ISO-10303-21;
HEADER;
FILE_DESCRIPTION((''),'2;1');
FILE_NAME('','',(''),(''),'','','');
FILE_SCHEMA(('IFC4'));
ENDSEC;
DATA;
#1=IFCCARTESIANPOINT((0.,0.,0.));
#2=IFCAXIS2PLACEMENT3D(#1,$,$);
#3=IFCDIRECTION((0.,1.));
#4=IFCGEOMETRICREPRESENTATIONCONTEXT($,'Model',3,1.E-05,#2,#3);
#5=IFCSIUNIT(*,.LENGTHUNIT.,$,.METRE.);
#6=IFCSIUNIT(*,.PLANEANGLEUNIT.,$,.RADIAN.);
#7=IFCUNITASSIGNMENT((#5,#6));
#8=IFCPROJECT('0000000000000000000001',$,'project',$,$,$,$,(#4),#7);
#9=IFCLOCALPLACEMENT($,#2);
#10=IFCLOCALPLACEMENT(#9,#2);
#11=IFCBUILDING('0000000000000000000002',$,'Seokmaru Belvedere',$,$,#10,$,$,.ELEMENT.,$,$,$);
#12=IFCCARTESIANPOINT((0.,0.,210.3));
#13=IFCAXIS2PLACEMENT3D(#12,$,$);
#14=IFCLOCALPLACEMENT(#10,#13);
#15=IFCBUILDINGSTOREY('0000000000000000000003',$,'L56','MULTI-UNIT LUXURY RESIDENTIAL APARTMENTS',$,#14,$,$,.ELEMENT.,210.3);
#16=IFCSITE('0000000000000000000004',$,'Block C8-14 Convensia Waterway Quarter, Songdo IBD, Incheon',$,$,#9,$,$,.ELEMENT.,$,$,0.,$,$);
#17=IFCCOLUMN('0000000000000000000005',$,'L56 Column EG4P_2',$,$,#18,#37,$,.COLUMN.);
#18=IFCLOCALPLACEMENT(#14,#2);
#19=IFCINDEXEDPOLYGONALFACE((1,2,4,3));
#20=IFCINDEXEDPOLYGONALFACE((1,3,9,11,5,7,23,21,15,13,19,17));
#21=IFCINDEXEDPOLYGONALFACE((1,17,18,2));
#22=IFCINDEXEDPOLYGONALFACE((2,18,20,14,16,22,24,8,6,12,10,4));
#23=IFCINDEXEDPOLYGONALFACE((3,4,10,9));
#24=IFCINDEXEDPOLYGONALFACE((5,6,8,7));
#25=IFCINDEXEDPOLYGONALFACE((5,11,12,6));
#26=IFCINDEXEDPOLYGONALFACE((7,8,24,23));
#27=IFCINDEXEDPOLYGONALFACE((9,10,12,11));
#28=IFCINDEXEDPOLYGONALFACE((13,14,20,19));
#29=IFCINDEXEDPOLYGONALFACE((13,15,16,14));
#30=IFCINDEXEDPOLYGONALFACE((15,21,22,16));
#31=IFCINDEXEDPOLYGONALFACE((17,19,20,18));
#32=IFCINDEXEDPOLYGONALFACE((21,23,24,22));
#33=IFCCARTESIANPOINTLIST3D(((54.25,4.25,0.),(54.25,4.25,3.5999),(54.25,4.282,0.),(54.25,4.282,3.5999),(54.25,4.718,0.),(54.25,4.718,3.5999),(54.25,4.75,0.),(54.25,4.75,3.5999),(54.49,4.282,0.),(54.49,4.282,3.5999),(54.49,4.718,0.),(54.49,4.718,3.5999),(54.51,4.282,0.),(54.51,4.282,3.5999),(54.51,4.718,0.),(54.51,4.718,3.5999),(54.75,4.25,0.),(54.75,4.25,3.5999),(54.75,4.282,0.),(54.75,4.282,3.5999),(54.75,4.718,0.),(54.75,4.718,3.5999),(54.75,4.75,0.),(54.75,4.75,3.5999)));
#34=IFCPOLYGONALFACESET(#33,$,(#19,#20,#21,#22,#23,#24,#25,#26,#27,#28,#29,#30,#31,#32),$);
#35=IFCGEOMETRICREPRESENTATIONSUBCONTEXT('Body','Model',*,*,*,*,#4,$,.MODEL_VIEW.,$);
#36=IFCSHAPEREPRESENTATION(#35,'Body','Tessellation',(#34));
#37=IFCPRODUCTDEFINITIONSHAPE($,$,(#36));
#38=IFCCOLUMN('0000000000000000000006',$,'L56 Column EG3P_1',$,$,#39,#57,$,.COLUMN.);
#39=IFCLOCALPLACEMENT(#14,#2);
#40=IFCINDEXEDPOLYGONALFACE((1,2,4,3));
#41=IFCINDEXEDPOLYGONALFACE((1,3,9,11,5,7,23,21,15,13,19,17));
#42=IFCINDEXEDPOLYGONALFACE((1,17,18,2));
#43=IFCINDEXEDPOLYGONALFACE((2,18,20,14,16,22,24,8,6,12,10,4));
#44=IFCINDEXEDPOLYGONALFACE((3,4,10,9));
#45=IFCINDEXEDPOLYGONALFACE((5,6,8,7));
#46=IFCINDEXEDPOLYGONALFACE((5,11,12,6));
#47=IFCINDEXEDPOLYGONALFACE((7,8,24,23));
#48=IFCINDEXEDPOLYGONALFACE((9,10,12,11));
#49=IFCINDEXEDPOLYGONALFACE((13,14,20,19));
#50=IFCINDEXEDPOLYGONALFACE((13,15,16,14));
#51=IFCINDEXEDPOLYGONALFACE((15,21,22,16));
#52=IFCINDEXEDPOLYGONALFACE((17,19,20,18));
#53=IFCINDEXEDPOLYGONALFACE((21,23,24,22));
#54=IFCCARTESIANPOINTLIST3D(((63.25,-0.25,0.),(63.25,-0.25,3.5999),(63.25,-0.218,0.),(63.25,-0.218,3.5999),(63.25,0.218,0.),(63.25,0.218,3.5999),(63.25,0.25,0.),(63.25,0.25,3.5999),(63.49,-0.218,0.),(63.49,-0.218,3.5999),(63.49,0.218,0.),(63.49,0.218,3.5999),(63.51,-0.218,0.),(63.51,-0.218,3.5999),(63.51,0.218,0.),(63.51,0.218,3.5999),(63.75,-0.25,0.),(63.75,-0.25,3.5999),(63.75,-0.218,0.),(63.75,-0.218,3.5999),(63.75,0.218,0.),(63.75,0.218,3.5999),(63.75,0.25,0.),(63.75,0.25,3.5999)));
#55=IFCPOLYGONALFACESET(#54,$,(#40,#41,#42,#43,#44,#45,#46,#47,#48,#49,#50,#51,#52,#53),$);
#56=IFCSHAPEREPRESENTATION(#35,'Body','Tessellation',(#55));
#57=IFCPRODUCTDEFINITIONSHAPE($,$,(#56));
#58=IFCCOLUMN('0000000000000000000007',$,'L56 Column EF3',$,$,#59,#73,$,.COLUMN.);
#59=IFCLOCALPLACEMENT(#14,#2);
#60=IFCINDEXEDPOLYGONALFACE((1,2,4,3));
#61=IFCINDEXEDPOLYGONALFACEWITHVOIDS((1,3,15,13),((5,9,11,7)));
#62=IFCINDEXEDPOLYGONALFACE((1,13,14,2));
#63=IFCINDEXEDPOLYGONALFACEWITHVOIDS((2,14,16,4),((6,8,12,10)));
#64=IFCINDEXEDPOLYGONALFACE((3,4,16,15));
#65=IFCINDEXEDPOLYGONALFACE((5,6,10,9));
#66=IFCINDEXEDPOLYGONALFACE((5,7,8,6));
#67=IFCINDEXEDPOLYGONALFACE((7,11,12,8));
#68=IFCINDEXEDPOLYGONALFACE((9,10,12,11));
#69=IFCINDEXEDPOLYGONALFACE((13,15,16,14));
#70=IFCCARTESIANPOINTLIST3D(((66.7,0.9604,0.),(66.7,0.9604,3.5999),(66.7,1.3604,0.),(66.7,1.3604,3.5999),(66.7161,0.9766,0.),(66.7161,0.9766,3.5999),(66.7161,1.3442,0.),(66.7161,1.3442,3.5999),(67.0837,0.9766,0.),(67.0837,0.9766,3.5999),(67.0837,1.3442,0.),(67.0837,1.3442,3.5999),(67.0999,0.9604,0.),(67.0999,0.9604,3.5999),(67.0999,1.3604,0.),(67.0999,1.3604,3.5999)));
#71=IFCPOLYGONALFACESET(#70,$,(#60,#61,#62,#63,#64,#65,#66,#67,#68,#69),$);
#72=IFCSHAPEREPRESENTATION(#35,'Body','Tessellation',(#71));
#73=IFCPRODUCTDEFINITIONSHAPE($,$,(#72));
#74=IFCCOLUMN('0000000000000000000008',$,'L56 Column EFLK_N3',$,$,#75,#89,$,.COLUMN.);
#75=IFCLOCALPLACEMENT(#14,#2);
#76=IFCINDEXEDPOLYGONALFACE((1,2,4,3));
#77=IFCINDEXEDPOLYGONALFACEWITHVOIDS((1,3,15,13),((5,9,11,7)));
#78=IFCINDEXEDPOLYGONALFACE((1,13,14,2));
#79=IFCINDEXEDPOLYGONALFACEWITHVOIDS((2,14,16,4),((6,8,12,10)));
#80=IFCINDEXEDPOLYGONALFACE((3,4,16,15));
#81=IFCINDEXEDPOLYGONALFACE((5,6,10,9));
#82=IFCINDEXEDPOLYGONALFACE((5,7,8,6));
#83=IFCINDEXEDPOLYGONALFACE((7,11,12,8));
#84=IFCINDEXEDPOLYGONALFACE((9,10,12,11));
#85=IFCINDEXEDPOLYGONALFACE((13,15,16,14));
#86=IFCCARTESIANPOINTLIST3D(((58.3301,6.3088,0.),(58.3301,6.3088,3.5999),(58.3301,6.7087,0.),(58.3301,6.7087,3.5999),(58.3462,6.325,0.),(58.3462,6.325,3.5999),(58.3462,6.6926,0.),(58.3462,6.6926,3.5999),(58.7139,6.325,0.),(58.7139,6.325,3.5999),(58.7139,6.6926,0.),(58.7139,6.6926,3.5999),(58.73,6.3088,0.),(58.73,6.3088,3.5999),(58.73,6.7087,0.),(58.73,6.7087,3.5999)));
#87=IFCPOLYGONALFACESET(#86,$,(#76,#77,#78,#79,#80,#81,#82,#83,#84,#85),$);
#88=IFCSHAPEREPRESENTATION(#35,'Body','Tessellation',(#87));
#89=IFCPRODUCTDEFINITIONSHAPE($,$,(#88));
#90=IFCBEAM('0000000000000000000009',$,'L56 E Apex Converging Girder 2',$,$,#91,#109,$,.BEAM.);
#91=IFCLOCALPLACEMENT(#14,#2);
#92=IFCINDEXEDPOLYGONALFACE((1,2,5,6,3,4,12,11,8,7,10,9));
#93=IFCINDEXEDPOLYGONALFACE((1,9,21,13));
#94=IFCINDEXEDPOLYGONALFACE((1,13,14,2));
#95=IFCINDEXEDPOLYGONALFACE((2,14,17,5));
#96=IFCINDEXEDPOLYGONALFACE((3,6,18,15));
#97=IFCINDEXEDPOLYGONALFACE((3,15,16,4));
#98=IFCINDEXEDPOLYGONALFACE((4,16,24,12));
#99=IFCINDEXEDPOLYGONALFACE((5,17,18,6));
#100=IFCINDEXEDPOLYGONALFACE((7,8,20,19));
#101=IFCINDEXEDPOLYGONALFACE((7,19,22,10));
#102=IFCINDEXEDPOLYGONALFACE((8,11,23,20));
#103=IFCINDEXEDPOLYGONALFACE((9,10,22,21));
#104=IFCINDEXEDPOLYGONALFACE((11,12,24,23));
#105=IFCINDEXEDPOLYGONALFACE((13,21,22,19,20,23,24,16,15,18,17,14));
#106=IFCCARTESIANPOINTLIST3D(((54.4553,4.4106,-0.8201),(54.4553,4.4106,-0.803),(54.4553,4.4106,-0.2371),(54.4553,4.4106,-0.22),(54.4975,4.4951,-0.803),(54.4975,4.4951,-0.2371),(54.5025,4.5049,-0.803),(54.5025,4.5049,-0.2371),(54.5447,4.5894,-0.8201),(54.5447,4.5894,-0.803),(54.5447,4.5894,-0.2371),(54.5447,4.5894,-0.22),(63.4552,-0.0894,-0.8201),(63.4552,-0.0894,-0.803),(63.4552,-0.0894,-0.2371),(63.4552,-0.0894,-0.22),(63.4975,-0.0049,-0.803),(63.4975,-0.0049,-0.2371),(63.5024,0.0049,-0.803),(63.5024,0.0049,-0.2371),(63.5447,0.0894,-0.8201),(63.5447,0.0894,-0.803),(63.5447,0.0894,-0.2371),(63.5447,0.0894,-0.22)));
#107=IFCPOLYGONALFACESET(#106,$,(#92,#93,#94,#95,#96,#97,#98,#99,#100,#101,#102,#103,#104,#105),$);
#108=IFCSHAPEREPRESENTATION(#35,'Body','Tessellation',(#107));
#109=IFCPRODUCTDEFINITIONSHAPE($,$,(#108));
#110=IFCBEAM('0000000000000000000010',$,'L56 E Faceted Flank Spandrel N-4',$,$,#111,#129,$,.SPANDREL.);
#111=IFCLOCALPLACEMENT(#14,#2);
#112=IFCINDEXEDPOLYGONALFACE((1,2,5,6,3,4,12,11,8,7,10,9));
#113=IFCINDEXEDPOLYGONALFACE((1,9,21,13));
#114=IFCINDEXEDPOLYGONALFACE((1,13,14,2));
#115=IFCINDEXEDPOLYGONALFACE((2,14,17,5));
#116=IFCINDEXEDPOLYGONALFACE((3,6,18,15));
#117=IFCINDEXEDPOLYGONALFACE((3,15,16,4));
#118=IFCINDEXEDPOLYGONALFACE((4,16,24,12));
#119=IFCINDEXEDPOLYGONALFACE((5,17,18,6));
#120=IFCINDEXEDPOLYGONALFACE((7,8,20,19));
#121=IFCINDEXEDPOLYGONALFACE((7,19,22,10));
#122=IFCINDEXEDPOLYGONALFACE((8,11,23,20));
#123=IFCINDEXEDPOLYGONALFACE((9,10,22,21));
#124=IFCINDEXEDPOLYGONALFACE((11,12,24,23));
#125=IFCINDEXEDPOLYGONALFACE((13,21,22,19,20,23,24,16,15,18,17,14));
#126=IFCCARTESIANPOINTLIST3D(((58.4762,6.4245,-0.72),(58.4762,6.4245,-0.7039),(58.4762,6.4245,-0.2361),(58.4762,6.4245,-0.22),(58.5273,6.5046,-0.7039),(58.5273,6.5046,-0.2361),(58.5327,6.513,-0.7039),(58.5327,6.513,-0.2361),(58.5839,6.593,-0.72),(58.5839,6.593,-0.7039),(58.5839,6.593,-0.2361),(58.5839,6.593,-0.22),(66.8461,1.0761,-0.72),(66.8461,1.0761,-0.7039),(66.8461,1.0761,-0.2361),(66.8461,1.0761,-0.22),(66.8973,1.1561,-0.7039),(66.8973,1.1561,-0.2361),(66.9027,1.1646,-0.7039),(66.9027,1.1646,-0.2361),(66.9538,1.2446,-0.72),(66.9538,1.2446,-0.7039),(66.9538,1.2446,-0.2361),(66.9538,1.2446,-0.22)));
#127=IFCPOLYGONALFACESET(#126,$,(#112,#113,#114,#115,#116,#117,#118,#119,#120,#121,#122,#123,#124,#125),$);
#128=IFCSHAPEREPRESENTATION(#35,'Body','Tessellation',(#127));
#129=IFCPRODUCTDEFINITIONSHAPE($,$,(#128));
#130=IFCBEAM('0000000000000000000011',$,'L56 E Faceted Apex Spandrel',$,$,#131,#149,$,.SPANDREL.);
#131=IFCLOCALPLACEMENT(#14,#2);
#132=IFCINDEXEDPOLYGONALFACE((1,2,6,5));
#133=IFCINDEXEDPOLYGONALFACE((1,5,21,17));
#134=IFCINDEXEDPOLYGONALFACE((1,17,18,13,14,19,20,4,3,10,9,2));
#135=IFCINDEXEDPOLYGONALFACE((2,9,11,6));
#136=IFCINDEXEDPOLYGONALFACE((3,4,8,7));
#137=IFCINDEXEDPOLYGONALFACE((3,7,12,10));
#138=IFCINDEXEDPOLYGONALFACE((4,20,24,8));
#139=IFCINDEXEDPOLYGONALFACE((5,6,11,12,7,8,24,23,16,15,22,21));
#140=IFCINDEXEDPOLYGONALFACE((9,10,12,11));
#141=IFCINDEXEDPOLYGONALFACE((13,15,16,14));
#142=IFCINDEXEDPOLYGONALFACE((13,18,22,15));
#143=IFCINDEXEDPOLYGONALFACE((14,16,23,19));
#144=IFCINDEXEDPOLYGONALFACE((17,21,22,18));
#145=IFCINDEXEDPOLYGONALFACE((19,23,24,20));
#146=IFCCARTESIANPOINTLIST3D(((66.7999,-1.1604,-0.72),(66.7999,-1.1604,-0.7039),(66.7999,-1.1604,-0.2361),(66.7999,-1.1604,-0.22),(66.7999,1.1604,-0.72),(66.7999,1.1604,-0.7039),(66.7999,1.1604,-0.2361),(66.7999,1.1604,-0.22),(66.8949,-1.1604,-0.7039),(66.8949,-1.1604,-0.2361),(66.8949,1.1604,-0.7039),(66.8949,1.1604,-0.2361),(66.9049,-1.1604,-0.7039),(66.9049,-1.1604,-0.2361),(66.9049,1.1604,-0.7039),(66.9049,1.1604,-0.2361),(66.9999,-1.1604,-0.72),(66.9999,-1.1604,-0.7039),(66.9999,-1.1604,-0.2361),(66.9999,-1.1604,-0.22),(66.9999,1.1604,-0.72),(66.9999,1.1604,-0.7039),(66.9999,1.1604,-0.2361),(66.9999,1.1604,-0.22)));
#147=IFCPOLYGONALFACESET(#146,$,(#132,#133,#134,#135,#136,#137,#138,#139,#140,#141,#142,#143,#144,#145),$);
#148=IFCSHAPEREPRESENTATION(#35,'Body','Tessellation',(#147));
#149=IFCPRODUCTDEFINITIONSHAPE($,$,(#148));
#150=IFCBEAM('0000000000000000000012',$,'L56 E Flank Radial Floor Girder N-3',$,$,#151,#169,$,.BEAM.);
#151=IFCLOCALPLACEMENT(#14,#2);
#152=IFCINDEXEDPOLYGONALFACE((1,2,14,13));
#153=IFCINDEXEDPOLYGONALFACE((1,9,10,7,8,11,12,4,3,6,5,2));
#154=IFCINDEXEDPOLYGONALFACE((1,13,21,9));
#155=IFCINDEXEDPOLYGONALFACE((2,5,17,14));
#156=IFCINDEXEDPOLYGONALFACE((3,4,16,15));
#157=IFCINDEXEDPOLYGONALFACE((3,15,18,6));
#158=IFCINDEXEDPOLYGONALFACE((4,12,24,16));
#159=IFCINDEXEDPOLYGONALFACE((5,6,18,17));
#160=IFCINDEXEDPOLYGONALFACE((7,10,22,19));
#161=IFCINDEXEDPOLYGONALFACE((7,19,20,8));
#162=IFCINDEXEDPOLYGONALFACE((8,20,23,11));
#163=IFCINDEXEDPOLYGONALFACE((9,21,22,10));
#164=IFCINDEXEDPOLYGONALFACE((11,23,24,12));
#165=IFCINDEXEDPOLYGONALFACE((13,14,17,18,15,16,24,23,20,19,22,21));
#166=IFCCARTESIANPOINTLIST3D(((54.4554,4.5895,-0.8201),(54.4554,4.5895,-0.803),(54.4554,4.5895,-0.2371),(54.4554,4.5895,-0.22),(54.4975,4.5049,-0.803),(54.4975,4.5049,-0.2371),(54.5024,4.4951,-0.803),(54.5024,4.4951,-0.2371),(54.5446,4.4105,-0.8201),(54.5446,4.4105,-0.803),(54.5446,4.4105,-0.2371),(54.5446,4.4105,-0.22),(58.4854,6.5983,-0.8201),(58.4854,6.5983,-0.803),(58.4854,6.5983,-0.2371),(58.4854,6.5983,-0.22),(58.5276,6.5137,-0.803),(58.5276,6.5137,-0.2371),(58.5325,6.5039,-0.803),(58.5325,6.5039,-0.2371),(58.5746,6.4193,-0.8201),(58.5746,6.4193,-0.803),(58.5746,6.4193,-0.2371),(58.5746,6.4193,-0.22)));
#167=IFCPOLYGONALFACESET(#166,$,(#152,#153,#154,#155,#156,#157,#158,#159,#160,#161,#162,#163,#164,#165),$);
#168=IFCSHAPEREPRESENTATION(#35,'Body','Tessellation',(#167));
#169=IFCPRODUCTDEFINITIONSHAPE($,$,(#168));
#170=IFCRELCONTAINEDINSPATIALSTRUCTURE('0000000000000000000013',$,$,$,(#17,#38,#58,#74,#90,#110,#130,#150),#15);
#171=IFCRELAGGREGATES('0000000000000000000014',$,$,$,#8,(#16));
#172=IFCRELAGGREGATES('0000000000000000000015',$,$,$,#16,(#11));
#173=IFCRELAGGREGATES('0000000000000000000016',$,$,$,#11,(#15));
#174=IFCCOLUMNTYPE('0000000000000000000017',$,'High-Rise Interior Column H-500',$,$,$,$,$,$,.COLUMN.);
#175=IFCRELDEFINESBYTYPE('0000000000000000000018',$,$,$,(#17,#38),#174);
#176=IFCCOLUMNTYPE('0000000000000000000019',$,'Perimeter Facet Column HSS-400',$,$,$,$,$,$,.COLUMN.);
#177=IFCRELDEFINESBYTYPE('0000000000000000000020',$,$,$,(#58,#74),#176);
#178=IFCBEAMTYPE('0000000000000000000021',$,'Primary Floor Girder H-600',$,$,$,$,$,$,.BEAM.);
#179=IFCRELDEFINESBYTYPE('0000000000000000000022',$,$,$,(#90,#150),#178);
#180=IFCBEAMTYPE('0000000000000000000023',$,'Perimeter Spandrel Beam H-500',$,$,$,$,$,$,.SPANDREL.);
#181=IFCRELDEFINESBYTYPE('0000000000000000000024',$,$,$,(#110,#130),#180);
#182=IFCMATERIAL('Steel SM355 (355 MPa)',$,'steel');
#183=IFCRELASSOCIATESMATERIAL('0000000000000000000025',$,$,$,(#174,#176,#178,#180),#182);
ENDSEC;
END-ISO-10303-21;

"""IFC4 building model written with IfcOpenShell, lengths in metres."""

from ifc_helpers import new_model, si_unit, direction, frame, origin, origin_2d, place, context, subcontext, project, spatial, hollow_rectangle, i_section, extrude, source, transform, mapped, material, material_profile, profile_set, type_object, type_shapes, element, save


model = new_model("IFC4")

# Units and contexts
model_context = context("Model", 3, precision=1e-05, world=origin(), true_north=direction((0.0, 1.0)))
body_context = subcontext(model_context, "Body", "Model", "MODEL_VIEW")
ifc_project = project(units=[si_unit("LENGTHUNIT", "METRE"), si_unit("PLANEANGLEUNIT", "RADIAN")], contexts=[model_context])

# Site, building, storey
site_placement = place(None, origin())
site = spatial("IfcSite", under=ifc_project, at=site_placement, Name="Block C8-14 Convensia Waterway Quarter, Songdo IBD, Incheon", CompositionType="ELEMENT", RefElevation=0.0)
building_placement = place(site_placement, origin())
building = spatial("IfcBuilding", under=site, at=building_placement, Name="Seokmaru Belvedere", CompositionType="ELEMENT")
storey_placement = place(building_placement, frame((0.0, 0.0, 210.3)))
storey = spatial("IfcBuildingStorey", under=building, at=storey_placement, Name="L56", Description="MULTI-UNIT LUXURY RESIDENTIAL APARTMENTS", CompositionType="ELEMENT", Elevation=210.3)

# Columns
ifc_material_1 = material(Name="Steel SM355 (355 MPa)", Category="steel")
ifc_material_profile_1 = material_profile(ifc_material_1, i_section(OverallWidth=0.5, OverallDepth=0.5, WebThickness=0.02, FlangeThickness=0.032, at=origin_2d()), Name="H-500x500x20x32")
ifc_profile_set_1 = profile_set([ifc_material_profile_1], Name="Steel SM355 (355 MPa)")
column_type_1 = type_object("IfcColumnType", Name="High-Rise Interior Column H-500", PredefinedType="COLUMN", material=ifc_profile_set_1)
shared_shape_1 = source(origin(), body_context, "Body", "SweptSolid", [
    extrude(i_section(OverallWidth=0.5, OverallDepth=0.5, WebThickness=0.02, FlangeThickness=0.032, at=origin_2d()), origin(), (0.0, 0.0, 1.0), 3.5999),
])
type_shapes(column_type_1, [shared_shape_1])
for number, where, z_axis, x_axis, name in (
    (1, (54.5, 4.5, 0.0), (0.0, 0.0, 1.0), (1.0, 0.0, 0.0), "L56 Column EG4P_2"),
    (2, (63.5, 0.0, 0.0), (0.0, 0.0, 1.0), (1.0, 0.0, 0.0), "L56 Column EG3P_1"),
):
    element("IfcColumn", number, at=place(storey_placement, frame(where, z_axis=z_axis, x_axis=x_axis)), inside=storey, type_object=column_type_1, Name=name, PredefinedType="COLUMN", context=body_context, shape_type="MappedRepresentation", body=[
        mapped(shared_shape_1, transform((0.0, 0.0, 0.0), scale=1.0)),
    ])
ifc_material_profile_2 = material_profile(ifc_material_1, hollow_rectangle(XDim=0.3999, YDim=0.3999, WallThickness=0.0161, at=origin_2d()), Name="HSS-400x400x16")
ifc_profile_set_2 = profile_set([ifc_material_profile_2], Name="Steel SM355 (355 MPa)")
column_type_2 = type_object("IfcColumnType", Name="Perimeter Facet Column HSS-400", PredefinedType="COLUMN", material=ifc_profile_set_2)
shared_shape_2 = source(origin(), body_context, "Body", "SweptSolid", [
    extrude(hollow_rectangle(XDim=0.3999, YDim=0.3999, WallThickness=0.0161, at=origin_2d()), origin(), (0.0, 0.0, 1.0), 3.5999),
])
type_shapes(column_type_2, [shared_shape_2])
for number, where, z_axis, x_axis, name in (
    (3, (66.8999, 1.1604, 0.0), (0.0, 0.0, 1.0), (1.0, 0.0, 0.0), "L56 Column EF3"),
    (4, (58.53, 6.5088, 0.0), (0.0, 0.0, 1.0), (1.0, 0.0, 0.0), "L56 Column EFLK_N3"),
):
    element("IfcColumn", number, at=place(storey_placement, frame(where, z_axis=z_axis, x_axis=x_axis)), inside=storey, type_object=column_type_2, Name=name, PredefinedType="COLUMN", context=body_context, shape_type="MappedRepresentation", body=[
        mapped(shared_shape_2, transform((0.0, 0.0, 0.0), scale=1.0)),
    ])

# Beams
ifc_material_profile_3 = material_profile(ifc_material_1, i_section(OverallWidth=0.2, OverallDepth=0.6001, WebThickness=0.011, FlangeThickness=0.0171, at=origin_2d()), Name="H-600x200x11x17")
ifc_profile_set_3 = profile_set([ifc_material_profile_3], Name="Steel SM355 (355 MPa)")
beam_type_1 = type_object("IfcBeamType", Name="Primary Floor Girder H-600", PredefinedType="BEAM", material=ifc_profile_set_3)
shared_shape_3 = source(origin(), body_context, "Body", "SweptSolid", [
    extrude(i_section(OverallWidth=0.2, OverallDepth=0.6001, WebThickness=0.011, FlangeThickness=0.0171, at=origin_2d()), origin(), (0.0, 0.0, 1.0), 10.0623),
])
beam_1_placement = place(storey_placement, frame((54.5, 4.5, -0.52), z_axis=(0.894427, -0.447214, 0.0), x_axis=(0.447214, 0.894427, 0.0)))
element("IfcBeam", 5, at=beam_1_placement, inside=storey, type_object=beam_type_1, Name="L56 E Apex Converging Girder 2", PredefinedType="BEAM", context=body_context, shape_type="MappedRepresentation", body=[
    mapped(shared_shape_3, transform((0.0, 0.0, 0.0), scale=1.0)),
])
ifc_material_profile_4 = material_profile(ifc_material_1, i_section(OverallWidth=0.2, OverallDepth=0.5, WebThickness=0.01, FlangeThickness=0.0161, at=origin_2d()), Name="H-500x200x10x16")
ifc_profile_set_4 = profile_set([ifc_material_profile_4], Name="Steel SM355 (355 MPa)")
beam_type_2 = type_object("IfcBeamType", Name="Perimeter Spandrel Beam H-500", PredefinedType="SPANDREL", material=ifc_profile_set_4)
shared_shape_4 = source(origin(), body_context, "Body", "SweptSolid", [
    extrude(i_section(OverallWidth=0.2, OverallDepth=0.5, WebThickness=0.01, FlangeThickness=0.0161, at=origin_2d()), origin(), (0.0, 0.0, 1.0), 9.9329),
])
beam_2_placement = place(storey_placement, frame((58.53, 6.5088, -0.47), z_axis=(0.842652, -0.538459, 0.0), x_axis=(0.538459, 0.842652, 0.0)))
element("IfcBeam", 6, at=beam_2_placement, inside=storey, type_object=beam_type_2, Name="L56 E Faceted Flank Spandrel N-4", PredefinedType="SPANDREL", context=body_context, shape_type="MappedRepresentation", body=[
    mapped(shared_shape_4, transform((0.0, 0.0, 0.0), scale=1.0)),
])
shared_shape_5 = source(origin(), body_context, "Body", "SweptSolid", [
    extrude(i_section(OverallWidth=0.2, OverallDepth=0.5, WebThickness=0.01, FlangeThickness=0.0161, at=origin_2d()), origin(), (0.0, 0.0, 1.0), 2.3208),
])
type_shapes(beam_type_2, [shared_shape_4, shared_shape_5])
beam_3_placement = place(storey_placement, frame((66.8999, -1.1604, -0.47), z_axis=(0.0, 1.0, 0.0), x_axis=(-1.0, 0.0, 0.0)))
element("IfcBeam", 7, at=beam_3_placement, inside=storey, type_object=beam_type_2, Name="L56 E Faceted Apex Spandrel", PredefinedType="SPANDREL", context=body_context, shape_type="MappedRepresentation", body=[
    mapped(shared_shape_5, transform((0.0, 0.0, 0.0), scale=1.0)),
])
shared_shape_6 = source(origin(), body_context, "Body", "SweptSolid", [
    extrude(i_section(OverallWidth=0.2, OverallDepth=0.6001, WebThickness=0.011, FlangeThickness=0.0171, at=origin_2d()), origin(), (0.0, 0.0, 1.0), 4.5029),
])
beam_4_placement = place(storey_placement, frame((58.53, 6.5088, -0.52), z_axis=(-0.89498, -0.446107, 0.0), x_axis=(0.446107, -0.89498, 0.0)))
element("IfcBeam", 8, at=beam_4_placement, inside=storey, type_object=beam_type_1, Name="L56 E Flank Radial Floor Girder N-3", PredefinedType="BEAM", context=body_context, shape_type="MappedRepresentation", body=[
    mapped(shared_shape_6, transform((0.0, 0.0, 0.0), scale=1.0)),
])

save(model, "model.ifc")
